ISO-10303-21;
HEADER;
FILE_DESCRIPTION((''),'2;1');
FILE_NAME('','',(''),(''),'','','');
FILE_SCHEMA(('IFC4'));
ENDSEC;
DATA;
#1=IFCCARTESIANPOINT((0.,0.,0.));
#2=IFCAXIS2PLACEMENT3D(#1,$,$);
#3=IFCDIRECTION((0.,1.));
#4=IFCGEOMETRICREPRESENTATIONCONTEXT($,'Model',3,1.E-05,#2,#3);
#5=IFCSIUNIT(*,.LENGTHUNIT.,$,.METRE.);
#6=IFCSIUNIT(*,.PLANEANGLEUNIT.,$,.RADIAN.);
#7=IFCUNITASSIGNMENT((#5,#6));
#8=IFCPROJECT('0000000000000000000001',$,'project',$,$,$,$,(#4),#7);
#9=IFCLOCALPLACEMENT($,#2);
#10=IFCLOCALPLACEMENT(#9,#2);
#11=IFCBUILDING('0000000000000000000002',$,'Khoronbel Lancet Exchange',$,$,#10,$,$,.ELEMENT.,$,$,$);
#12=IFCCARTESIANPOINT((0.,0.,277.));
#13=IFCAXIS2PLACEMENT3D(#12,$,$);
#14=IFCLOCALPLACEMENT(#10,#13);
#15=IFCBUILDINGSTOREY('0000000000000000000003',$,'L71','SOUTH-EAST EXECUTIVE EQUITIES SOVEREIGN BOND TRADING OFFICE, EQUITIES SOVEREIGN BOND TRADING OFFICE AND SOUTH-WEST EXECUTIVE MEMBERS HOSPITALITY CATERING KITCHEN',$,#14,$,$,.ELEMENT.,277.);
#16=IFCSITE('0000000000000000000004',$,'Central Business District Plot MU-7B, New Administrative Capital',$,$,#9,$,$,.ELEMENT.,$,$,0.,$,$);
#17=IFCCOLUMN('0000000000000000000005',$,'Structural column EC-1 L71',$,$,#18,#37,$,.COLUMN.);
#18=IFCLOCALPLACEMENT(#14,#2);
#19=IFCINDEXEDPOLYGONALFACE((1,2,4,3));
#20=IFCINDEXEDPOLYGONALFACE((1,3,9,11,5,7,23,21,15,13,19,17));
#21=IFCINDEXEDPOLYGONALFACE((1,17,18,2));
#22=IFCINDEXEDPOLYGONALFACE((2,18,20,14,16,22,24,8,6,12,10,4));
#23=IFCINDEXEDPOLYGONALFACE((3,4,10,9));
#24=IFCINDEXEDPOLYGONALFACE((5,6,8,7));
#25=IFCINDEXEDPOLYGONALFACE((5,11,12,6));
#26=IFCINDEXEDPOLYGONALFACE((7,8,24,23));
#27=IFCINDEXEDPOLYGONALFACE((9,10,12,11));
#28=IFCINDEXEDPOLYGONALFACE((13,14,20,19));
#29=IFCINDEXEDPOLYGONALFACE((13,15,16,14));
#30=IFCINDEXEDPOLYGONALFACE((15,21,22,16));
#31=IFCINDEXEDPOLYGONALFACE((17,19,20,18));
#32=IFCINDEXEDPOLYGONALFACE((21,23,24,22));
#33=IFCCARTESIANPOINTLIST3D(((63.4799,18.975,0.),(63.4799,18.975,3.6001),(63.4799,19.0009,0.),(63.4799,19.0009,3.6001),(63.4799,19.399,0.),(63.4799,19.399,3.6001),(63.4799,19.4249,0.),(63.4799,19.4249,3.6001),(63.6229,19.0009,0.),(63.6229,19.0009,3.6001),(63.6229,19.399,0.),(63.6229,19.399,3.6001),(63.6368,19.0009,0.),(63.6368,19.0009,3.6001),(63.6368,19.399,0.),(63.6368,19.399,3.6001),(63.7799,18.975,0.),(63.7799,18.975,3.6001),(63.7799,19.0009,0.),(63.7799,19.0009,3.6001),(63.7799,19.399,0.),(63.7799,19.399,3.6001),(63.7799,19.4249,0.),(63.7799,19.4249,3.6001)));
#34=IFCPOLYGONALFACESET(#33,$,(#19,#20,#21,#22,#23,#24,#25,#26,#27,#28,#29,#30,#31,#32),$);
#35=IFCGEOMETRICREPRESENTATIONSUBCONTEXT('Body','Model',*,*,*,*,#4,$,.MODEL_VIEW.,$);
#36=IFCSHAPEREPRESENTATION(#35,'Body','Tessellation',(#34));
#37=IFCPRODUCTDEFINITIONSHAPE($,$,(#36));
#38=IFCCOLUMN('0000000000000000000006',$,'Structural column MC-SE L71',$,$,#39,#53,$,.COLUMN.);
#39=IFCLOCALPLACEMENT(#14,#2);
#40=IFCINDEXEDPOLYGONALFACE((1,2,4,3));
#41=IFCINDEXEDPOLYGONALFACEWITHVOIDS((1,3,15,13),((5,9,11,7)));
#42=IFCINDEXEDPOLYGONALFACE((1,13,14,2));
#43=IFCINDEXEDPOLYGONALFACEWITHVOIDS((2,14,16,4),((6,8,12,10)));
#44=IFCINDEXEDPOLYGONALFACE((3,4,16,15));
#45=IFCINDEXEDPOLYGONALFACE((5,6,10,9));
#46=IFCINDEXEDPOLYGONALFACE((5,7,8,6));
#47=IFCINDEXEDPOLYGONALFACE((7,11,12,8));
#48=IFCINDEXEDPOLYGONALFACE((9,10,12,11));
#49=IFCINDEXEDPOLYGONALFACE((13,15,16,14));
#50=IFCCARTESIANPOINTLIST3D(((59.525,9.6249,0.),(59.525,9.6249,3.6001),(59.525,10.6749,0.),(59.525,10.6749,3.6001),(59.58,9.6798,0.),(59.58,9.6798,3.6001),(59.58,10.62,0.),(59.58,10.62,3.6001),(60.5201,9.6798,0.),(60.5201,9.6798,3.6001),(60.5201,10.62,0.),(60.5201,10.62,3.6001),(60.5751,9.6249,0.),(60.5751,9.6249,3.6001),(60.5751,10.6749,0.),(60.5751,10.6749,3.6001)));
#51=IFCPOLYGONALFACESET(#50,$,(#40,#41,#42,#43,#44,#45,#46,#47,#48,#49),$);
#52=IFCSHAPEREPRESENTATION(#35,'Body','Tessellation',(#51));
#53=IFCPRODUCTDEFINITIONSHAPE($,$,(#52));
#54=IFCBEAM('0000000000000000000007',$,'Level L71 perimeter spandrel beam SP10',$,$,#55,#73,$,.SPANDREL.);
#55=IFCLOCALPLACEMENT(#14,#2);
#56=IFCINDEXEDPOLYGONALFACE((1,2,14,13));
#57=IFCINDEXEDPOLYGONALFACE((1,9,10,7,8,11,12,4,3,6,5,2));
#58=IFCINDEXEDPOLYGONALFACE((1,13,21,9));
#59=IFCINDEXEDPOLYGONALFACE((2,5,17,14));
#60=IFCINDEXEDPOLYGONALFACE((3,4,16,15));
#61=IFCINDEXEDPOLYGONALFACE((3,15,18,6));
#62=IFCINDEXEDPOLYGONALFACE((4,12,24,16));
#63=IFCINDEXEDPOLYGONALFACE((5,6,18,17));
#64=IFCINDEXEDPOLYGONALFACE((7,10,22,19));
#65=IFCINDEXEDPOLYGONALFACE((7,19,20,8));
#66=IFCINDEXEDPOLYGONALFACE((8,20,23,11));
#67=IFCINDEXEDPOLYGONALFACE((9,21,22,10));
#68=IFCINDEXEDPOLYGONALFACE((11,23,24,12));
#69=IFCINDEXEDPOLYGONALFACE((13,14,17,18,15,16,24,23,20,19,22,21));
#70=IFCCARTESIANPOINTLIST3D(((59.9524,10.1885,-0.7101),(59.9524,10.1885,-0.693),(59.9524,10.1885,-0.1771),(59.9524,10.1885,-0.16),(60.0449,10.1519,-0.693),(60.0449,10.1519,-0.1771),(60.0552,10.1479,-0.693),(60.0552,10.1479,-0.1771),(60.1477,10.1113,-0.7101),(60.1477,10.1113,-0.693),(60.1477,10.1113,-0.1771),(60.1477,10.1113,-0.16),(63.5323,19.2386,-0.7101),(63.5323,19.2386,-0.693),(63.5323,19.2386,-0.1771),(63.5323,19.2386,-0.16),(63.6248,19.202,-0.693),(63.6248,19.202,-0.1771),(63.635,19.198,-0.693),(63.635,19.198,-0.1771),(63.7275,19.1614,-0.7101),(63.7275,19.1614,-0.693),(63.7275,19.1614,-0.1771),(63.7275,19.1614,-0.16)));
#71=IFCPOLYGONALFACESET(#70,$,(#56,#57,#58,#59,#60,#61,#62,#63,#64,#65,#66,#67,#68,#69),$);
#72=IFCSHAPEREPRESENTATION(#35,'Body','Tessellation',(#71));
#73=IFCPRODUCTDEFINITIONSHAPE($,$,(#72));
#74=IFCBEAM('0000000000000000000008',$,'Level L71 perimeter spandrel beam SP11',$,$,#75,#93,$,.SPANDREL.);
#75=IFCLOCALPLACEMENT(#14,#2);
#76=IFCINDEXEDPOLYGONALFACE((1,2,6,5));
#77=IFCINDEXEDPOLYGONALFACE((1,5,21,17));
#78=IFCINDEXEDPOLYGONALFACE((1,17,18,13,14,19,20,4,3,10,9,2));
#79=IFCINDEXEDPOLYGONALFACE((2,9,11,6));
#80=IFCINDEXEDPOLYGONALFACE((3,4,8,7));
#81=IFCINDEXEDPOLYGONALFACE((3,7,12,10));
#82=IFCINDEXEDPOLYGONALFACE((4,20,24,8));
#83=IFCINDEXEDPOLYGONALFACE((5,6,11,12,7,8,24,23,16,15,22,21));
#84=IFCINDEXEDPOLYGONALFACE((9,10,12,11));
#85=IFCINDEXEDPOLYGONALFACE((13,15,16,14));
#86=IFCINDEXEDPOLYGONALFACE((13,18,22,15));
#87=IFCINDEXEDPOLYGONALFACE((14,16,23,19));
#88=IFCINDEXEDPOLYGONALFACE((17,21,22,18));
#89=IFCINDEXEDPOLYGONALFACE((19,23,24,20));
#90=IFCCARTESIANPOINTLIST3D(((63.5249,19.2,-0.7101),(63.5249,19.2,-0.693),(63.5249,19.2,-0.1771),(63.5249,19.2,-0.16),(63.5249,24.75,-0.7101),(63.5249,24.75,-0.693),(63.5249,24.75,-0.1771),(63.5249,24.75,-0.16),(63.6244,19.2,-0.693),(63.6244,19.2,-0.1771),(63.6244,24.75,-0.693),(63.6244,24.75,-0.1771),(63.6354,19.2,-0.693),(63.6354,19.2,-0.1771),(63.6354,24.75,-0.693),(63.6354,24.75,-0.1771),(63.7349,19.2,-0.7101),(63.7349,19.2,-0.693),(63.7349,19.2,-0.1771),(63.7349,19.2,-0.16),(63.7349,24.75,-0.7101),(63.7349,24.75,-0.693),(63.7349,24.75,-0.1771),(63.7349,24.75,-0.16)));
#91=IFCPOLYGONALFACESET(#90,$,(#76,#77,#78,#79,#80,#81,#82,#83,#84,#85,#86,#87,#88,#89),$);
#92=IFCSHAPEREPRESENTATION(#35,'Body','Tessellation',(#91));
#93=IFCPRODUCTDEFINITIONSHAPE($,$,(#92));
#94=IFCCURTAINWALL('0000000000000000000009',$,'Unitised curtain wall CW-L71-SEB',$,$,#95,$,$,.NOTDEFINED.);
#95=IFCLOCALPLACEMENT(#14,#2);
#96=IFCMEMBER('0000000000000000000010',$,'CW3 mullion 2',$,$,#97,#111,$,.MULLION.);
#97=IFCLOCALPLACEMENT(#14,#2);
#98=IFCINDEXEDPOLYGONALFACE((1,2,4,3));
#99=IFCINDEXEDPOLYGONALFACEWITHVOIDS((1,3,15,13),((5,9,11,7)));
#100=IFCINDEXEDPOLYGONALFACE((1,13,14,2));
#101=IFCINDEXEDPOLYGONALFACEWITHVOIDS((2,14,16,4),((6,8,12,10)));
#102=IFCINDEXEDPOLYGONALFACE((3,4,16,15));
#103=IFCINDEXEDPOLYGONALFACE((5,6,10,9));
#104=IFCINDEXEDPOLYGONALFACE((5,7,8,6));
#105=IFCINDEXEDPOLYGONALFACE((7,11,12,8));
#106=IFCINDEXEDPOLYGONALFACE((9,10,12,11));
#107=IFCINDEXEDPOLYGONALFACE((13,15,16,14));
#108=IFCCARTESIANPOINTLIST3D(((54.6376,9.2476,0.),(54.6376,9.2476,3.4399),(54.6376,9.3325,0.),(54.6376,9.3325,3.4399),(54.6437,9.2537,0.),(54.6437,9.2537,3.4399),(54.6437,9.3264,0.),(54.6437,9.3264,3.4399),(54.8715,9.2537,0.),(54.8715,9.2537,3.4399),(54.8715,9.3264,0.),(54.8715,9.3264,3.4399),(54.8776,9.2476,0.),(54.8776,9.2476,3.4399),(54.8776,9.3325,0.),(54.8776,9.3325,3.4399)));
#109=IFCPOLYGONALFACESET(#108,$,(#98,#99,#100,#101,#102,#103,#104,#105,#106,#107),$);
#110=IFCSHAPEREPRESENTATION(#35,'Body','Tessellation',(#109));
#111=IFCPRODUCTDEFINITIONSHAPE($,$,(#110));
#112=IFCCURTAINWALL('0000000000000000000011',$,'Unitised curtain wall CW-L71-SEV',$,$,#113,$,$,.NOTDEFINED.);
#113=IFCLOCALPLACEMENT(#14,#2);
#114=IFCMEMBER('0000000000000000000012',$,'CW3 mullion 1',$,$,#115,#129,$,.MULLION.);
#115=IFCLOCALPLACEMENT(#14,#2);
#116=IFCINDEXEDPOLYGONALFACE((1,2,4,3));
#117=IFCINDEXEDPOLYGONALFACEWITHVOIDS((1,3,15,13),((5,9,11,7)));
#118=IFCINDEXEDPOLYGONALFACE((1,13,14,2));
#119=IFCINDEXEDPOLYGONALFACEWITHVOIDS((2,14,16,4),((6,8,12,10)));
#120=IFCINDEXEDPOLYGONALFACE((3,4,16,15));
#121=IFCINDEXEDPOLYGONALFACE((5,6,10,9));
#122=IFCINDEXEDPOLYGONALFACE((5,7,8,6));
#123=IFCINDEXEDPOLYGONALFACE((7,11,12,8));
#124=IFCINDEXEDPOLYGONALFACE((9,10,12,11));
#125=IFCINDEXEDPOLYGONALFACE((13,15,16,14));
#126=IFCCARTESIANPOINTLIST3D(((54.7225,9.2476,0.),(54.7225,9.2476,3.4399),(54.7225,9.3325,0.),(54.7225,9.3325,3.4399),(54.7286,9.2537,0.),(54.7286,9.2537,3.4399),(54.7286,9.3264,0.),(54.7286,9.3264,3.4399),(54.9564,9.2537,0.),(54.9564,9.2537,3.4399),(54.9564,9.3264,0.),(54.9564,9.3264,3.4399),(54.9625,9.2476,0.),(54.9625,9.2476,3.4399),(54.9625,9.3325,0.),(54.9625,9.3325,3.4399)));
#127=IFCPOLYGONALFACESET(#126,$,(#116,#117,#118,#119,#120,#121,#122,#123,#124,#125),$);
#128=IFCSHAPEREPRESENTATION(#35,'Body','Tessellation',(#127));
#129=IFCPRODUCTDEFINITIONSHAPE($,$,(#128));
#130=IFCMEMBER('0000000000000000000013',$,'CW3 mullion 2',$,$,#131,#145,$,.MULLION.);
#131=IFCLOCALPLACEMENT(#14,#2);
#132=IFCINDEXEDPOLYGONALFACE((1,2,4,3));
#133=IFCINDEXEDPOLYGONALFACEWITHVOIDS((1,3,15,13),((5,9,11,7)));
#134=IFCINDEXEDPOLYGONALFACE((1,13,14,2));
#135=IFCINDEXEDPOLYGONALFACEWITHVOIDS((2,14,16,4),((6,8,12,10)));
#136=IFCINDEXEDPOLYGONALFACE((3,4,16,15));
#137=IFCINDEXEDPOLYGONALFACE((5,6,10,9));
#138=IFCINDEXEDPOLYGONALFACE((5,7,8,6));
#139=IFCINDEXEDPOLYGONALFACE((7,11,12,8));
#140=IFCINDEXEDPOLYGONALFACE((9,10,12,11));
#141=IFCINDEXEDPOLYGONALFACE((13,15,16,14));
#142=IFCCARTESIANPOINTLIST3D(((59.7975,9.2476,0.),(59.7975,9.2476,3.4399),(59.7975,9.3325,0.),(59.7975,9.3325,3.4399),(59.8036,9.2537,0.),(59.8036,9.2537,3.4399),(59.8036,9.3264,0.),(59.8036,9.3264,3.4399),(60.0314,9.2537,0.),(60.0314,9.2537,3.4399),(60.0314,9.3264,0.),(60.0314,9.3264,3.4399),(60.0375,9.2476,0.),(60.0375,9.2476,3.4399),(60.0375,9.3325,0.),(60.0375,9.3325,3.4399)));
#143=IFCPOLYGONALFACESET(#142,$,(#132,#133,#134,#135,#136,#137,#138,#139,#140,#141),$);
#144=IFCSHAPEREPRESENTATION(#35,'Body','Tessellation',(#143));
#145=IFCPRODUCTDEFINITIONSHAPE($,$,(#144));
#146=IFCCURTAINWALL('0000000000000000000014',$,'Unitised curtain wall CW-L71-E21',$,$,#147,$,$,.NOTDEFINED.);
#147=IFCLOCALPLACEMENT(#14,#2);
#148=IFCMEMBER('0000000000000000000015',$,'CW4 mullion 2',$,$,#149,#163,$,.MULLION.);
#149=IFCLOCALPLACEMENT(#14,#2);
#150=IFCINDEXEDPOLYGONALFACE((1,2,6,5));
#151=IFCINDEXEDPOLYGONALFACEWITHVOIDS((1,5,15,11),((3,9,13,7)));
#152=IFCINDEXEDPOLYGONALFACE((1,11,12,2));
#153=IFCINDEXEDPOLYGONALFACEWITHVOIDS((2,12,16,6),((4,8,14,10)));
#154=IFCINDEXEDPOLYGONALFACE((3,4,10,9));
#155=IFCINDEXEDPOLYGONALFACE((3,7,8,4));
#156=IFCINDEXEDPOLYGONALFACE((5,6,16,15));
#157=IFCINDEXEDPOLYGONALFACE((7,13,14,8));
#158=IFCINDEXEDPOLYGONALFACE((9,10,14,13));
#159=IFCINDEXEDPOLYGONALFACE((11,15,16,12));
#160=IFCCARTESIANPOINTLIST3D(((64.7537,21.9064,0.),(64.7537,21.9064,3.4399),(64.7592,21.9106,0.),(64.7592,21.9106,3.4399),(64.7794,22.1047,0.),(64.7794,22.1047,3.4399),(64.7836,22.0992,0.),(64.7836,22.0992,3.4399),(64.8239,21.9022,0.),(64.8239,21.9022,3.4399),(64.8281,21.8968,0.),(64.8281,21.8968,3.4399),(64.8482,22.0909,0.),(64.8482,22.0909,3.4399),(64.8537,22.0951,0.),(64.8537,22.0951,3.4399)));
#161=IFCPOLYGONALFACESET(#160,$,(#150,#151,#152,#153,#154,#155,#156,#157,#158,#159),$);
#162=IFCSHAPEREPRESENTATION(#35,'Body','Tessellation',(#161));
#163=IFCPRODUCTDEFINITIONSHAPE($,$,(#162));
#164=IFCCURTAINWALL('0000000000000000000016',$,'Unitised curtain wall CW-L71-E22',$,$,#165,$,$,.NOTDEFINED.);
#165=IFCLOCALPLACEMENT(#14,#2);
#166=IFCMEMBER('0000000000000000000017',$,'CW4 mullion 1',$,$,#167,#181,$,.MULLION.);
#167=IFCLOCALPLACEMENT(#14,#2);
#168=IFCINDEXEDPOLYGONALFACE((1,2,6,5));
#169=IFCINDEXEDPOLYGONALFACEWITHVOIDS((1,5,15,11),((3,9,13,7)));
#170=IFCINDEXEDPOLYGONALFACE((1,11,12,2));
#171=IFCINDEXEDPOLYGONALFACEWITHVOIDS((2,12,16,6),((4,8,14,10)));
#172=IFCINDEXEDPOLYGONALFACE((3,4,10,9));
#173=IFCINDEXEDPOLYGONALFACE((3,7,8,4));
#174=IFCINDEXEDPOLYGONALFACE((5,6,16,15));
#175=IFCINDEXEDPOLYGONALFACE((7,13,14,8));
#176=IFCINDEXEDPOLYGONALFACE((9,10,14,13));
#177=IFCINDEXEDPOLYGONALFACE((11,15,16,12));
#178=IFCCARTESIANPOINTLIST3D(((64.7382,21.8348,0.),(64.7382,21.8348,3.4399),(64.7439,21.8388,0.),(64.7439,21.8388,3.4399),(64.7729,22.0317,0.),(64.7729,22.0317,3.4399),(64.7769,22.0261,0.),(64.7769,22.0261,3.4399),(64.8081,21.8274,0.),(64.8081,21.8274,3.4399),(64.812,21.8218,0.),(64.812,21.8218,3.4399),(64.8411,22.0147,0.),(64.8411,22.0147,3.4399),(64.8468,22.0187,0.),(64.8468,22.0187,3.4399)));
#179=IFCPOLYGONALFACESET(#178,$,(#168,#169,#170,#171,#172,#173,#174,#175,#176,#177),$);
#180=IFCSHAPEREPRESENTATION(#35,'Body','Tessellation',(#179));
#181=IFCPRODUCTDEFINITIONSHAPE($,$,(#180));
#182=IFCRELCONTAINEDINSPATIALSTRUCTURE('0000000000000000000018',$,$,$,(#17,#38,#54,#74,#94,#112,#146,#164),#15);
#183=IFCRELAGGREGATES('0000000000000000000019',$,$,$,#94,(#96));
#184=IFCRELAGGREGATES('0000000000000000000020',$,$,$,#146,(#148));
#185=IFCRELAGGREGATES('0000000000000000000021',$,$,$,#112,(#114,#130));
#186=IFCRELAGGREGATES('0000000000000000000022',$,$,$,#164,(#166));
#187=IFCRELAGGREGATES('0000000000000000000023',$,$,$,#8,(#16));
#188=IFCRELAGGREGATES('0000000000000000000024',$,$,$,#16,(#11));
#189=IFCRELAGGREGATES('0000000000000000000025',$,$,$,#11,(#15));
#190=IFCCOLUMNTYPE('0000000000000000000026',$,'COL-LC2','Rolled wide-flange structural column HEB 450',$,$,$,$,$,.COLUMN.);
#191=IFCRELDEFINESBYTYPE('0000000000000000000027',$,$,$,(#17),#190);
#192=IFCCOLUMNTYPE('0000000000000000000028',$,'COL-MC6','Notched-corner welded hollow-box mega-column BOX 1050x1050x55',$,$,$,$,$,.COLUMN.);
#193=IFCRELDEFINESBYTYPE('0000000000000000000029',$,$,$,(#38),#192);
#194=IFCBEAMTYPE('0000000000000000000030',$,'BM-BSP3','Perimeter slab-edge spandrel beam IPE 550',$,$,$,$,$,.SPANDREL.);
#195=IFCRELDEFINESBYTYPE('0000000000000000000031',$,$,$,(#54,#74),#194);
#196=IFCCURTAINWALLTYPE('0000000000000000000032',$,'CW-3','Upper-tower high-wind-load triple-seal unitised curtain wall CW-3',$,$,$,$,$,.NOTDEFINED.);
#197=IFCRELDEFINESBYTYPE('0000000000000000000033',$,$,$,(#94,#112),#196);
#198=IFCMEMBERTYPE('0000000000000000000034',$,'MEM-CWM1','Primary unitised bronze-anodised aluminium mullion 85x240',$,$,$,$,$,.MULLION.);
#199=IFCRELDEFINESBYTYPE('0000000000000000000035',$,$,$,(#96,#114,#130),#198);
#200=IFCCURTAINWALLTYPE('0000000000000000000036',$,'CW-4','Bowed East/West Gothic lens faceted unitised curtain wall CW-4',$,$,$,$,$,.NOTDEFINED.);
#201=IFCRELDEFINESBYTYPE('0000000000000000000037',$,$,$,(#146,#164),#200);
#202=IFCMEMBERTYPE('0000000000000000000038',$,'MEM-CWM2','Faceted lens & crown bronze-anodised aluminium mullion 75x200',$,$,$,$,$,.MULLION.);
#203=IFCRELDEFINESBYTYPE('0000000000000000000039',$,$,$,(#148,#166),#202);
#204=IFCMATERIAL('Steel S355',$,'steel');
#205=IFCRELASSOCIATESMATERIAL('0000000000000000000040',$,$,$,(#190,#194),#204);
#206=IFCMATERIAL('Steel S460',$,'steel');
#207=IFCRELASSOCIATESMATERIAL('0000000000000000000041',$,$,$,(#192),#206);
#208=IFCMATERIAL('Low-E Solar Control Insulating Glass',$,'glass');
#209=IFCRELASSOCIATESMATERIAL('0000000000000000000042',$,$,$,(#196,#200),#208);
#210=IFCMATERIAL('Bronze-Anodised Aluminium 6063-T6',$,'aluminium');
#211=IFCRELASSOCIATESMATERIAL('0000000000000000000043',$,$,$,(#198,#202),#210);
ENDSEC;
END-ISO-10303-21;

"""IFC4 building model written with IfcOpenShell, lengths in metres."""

from ifc_helpers import new_model, si_unit, direction, frame, origin, origin_2d, place, context, subcontext, project, spatial, hollow_rectangle, i_section, extrude, material, material_profile, profile_set, type_object, element, aggregate, save


model = new_model("IFC4")

# Units and contexts
model_context = context("Model", 3, precision=1e-05, world=origin(), true_north=direction((0.0, 1.0)))
body_context = subcontext(model_context, "Body", "Model", "MODEL_VIEW")
ifc_project = project(units=[si_unit("LENGTHUNIT", "METRE"), si_unit("PLANEANGLEUNIT", "RADIAN")], contexts=[model_context])

# Site, building, storey
site_placement = place(None, origin())
site = spatial("IfcSite", under=ifc_project, at=site_placement, Name="Central Business District Plot MU-7B, New Administrative Capital", CompositionType="ELEMENT", RefElevation=0.0)
building_placement = place(site_placement, origin())
building = spatial("IfcBuilding", under=site, at=building_placement, Name="Khoronbel Lancet Exchange", CompositionType="ELEMENT")
storey_placement = place(building_placement, frame((0.0, 0.0, 277.0)))
storey = spatial("IfcBuildingStorey", under=building, at=storey_placement, Name="L71", Description="SOUTH-EAST EXECUTIVE EQUITIES SOVEREIGN BOND TRADING OFFICE, EQUITIES SOVEREIGN BOND TRADING OFFICE AND SOUTH-WEST EXECUTIVE MEMBERS HOSPITALITY CATERING KITCHEN", CompositionType="ELEMENT", Elevation=277.0)

# Columns
ifc_material_1 = material(Name="Steel S355", Category="steel")
ifc_material_profile_1 = material_profile(ifc_material_1, i_section(OverallWidth=0.3, OverallDepth=0.45, WebThickness=0.0139, FlangeThickness=0.0259, at=origin_2d()), Name="HEB 450")
ifc_profile_set_1 = profile_set([ifc_material_profile_1], Name="Steel S355")
column_type_1 = type_object("IfcColumnType", Name="COL-LC2", Description="Rolled wide-flange structural column HEB 450", PredefinedType="COLUMN", material=ifc_profile_set_1)
column_1_placement = place(storey_placement, frame((63.6299, 19.2, 0.0), z_axis=(0.0, 0.0, 1.0), x_axis=(1.0, 0.0, 0.0)))
element("IfcColumn", 1, at=column_1_placement, inside=storey, type_object=column_type_1, Name="Structural column EC-1 L71", PredefinedType="COLUMN", context=body_context, shape_type="SweptSolid", body=[
    extrude(i_section(OverallWidth=0.3, OverallDepth=0.45, WebThickness=0.0139, FlangeThickness=0.0259, at=origin_2d()), origin(), (0.0, 0.0, 1.0), 3.6001),
])
ifc_material_2 = material(Name="Steel S460", Category="steel")
ifc_material_profile_2 = material_profile(ifc_material_2, hollow_rectangle(XDim=1.05, YDim=1.05, WallThickness=0.0549, at=origin_2d()), Name="BOX 1050x1050x55")
ifc_profile_set_2 = profile_set([ifc_material_profile_2], Name="Steel S460")
column_type_2 = type_object("IfcColumnType", Name="COL-MC6", Description="Notched-corner welded hollow-box mega-column BOX 1050x1050x55", PredefinedType="COLUMN", material=ifc_profile_set_2)
column_2_placement = place(storey_placement, frame((60.05, 10.1499, 0.0), z_axis=(0.0, 0.0, 1.0), x_axis=(1.0, 0.0, 0.0)))
element("IfcColumn", 2, at=column_2_placement, inside=storey, type_object=column_type_2, Name="Structural column MC-SE L71", PredefinedType="COLUMN", context=body_context, shape_type="SweptSolid", body=[
    extrude(hollow_rectangle(XDim=1.05, YDim=1.05, WallThickness=0.0549, at=origin_2d()), origin(), (0.0, 0.0, 1.0), 3.6001),
])

# Beams
ifc_material_profile_3 = material_profile(ifc_material_1, i_section(OverallWidth=0.21, OverallDepth=0.55, WebThickness=0.011, FlangeThickness=0.0171, at=origin_2d()), Name="IPE 550")
ifc_profile_set_3 = profile_set([ifc_material_profile_3], Name="Steel S355")
beam_type = type_object("IfcBeamType", Name="BM-BSP3", Description="Perimeter slab-edge spandrel beam IPE 550", PredefinedType="SPANDREL", material=ifc_profile_set_3)
beam_1_placement = place(storey_placement, frame((60.05, 10.1499, -0.4351), z_axis=(0.367828, 0.929894, 0.0), x_axis=(-0.929894, 0.367828, 0.0)))
element("IfcBeam", 3, at=beam_1_placement, inside=storey, type_object=beam_type, Name="Level L71 perimeter spandrel beam SP10", PredefinedType="SPANDREL", context=body_context, shape_type="SweptSolid", body=[
    extrude(i_section(OverallWidth=0.21, OverallDepth=0.55, WebThickness=0.011, FlangeThickness=0.0171, at=origin_2d()), origin(), (0.0, 0.0, 1.0), 9.7324),
])
beam_2_placement = place(storey_placement, frame((63.6299, 19.2, -0.4351), z_axis=(0.0, 1.0, 0.0), x_axis=(-1.0, 0.0, 0.0)))
element("IfcBeam", 4, at=beam_2_placement, inside=storey, type_object=beam_type, Name="Level L71 perimeter spandrel beam SP11", PredefinedType="SPANDREL", context=body_context, shape_type="SweptSolid", body=[
    extrude(i_section(OverallWidth=0.21, OverallDepth=0.55, WebThickness=0.011, FlangeThickness=0.0171, at=origin_2d()), origin(), (0.0, 0.0, 1.0), 5.55),
])

# Curtain wall, member
ifc_material_3 = material(Name="Low-E Solar Control Insulating Glass", Category="glass")
curtain_wall_type_1 = type_object("IfcCurtainWallType", Name="CW-3", Description="Upper-tower high-wind-load triple-seal unitised curtain wall CW-3", PredefinedType="NOTDEFINED", material=ifc_material_3)
curtain_wall_1_placement = place(storey_placement, origin())
curtain_wall_1 = element("IfcCurtainWall", 5, at=curtain_wall_1_placement, inside=storey, type_object=curtain_wall_type_1, Name="Unitised curtain wall CW-L71-SEB", PredefinedType="NOTDEFINED")
ifc_material_4 = material(Name="Bronze-Anodised Aluminium 6063-T6", Category="aluminium")
ifc_material_profile_4 = material_profile(ifc_material_4, hollow_rectangle(XDim=0.085, YDim=0.24, WallThickness=0.0061, at=origin_2d()), Name="ALU MULLION 85x240")
ifc_profile_set_4 = profile_set([ifc_material_profile_4], Name="Bronze-Anodised Aluminium 6063-T6")
member_type_1 = type_object("IfcMemberType", Name="MEM-CWM1", Description="Primary unitised bronze-anodised aluminium mullion 85x240", PredefinedType="MULLION", material=ifc_profile_set_4)
member_1_placement = place(storey_placement, frame((54.7576, 9.29, 0.0), z_axis=(0.0, 0.0, 1.0), x_axis=(0.0, 1.0, 0.0)))
member_1 = element("IfcMember", 6, at=member_1_placement, type_object=member_type_1, Name="CW3 mullion 2", PredefinedType="MULLION", context=body_context, shape_type="SweptSolid", body=[
    extrude(hollow_rectangle(XDim=0.085, YDim=0.24, WallThickness=0.0061, at=origin_2d()), origin(), (0.0, 0.0, 1.0), 3.4399),
])
aggregate(curtain_wall_1, [member_1])

# Curtain wall, members
curtain_wall_2_placement = place(storey_placement, origin())
curtain_wall_2 = element("IfcCurtainWall", 7, at=curtain_wall_2_placement, inside=storey, type_object=curtain_wall_type_1, Name="Unitised curtain wall CW-L71-SEV", PredefinedType="NOTDEFINED")
member_2_placement = place(storey_placement, frame((54.8425, 9.29, 0.0), z_axis=(0.0, 0.0, 1.0), x_axis=(0.0, 1.0, 0.0)))
member_2 = element("IfcMember", 8, at=member_2_placement, type_object=member_type_1, Name="CW3 mullion 1", PredefinedType="MULLION", context=body_context, shape_type="SweptSolid", body=[
    extrude(hollow_rectangle(XDim=0.085, YDim=0.24, WallThickness=0.0061, at=origin_2d()), origin(), (0.0, 0.0, 1.0), 3.4399),
])
member_3_placement = place(storey_placement, frame((59.9175, 9.29, 0.0), z_axis=(0.0, 0.0, 1.0), x_axis=(0.0, 1.0, 0.0)))
member_3 = element("IfcMember", 9, at=member_3_placement, type_object=member_type_1, Name="CW3 mullion 2", PredefinedType="MULLION", context=body_context, shape_type="SweptSolid", body=[
    extrude(hollow_rectangle(XDim=0.085, YDim=0.24, WallThickness=0.0061, at=origin_2d()), origin(), (0.0, 0.0, 1.0), 3.4399),
])

# Curtain wall, member
curtain_wall_type_2 = type_object("IfcCurtainWallType", Name="CW-4", Description="Bowed East/West Gothic lens faceted unitised curtain wall CW-4", PredefinedType="NOTDEFINED", material=ifc_material_3)
curtain_wall_3_placement = place(storey_placement, origin())
curtain_wall_3 = element("IfcCurtainWall", 10, at=curtain_wall_3_placement, inside=storey, type_object=curtain_wall_type_2, Name="Unitised curtain wall CW-L71-E21", PredefinedType="NOTDEFINED")
ifc_material_profile_5 = material_profile(ifc_material_4, hollow_rectangle(XDim=0.075, YDim=0.2, WallThickness=0.0049, at=origin_2d()), Name="ALU MULLION 75x200")
ifc_profile_set_5 = profile_set([ifc_material_profile_5], Name="Bronze-Anodised Aluminium 6063-T6")
member_type_2 = type_object("IfcMemberType", Name="MEM-CWM2", Description="Faceted lens & crown bronze-anodised aluminium mullion 75x200", PredefinedType="MULLION", material=ifc_profile_set_5)
member_4_placement = place(storey_placement, frame((64.8037, 22.0007, 0.0), z_axis=(0.0, 0.0, 1.0), x_axis=(0.991761, -0.128101, 0.0)))
member_4 = element("IfcMember", 11, at=member_4_placement, type_object=member_type_2, Name="CW4 mullion 2", PredefinedType="MULLION", context=body_context, shape_type="SweptSolid", body=[
    extrude(hollow_rectangle(XDim=0.075, YDim=0.2, WallThickness=0.0049, at=origin_2d()), origin(), (0.0, 0.0, 1.0), 3.4399),
])
aggregate(curtain_wall_3, [member_4])

# Curtain wall, member
curtain_wall_4_placement = place(storey_placement, origin())
curtain_wall_4 = element("IfcCurtainWall", 12, at=curtain_wall_4_placement, inside=storey, type_object=curtain_wall_type_2, Name="Unitised curtain wall CW-L71-E22", PredefinedType="NOTDEFINED")
member_5_placement = place(storey_placement, frame((64.7925, 21.9268, 0.0), z_axis=(0.0, 0.0, 1.0), x_axis=(0.984792, -0.173737, 0.0)))
member_5 = element("IfcMember", 13, at=member_5_placement, type_object=member_type_2, Name="CW4 mullion 1", PredefinedType="MULLION", context=body_context, shape_type="SweptSolid", body=[
    extrude(hollow_rectangle(XDim=0.075, YDim=0.2, WallThickness=0.0049, at=origin_2d()), origin(), (0.0, 0.0, 1.0), 3.4399),
])

aggregate(curtain_wall_2, [member_2, member_3])
aggregate(curtain_wall_4, [member_5])

save(model, "model.ifc")
